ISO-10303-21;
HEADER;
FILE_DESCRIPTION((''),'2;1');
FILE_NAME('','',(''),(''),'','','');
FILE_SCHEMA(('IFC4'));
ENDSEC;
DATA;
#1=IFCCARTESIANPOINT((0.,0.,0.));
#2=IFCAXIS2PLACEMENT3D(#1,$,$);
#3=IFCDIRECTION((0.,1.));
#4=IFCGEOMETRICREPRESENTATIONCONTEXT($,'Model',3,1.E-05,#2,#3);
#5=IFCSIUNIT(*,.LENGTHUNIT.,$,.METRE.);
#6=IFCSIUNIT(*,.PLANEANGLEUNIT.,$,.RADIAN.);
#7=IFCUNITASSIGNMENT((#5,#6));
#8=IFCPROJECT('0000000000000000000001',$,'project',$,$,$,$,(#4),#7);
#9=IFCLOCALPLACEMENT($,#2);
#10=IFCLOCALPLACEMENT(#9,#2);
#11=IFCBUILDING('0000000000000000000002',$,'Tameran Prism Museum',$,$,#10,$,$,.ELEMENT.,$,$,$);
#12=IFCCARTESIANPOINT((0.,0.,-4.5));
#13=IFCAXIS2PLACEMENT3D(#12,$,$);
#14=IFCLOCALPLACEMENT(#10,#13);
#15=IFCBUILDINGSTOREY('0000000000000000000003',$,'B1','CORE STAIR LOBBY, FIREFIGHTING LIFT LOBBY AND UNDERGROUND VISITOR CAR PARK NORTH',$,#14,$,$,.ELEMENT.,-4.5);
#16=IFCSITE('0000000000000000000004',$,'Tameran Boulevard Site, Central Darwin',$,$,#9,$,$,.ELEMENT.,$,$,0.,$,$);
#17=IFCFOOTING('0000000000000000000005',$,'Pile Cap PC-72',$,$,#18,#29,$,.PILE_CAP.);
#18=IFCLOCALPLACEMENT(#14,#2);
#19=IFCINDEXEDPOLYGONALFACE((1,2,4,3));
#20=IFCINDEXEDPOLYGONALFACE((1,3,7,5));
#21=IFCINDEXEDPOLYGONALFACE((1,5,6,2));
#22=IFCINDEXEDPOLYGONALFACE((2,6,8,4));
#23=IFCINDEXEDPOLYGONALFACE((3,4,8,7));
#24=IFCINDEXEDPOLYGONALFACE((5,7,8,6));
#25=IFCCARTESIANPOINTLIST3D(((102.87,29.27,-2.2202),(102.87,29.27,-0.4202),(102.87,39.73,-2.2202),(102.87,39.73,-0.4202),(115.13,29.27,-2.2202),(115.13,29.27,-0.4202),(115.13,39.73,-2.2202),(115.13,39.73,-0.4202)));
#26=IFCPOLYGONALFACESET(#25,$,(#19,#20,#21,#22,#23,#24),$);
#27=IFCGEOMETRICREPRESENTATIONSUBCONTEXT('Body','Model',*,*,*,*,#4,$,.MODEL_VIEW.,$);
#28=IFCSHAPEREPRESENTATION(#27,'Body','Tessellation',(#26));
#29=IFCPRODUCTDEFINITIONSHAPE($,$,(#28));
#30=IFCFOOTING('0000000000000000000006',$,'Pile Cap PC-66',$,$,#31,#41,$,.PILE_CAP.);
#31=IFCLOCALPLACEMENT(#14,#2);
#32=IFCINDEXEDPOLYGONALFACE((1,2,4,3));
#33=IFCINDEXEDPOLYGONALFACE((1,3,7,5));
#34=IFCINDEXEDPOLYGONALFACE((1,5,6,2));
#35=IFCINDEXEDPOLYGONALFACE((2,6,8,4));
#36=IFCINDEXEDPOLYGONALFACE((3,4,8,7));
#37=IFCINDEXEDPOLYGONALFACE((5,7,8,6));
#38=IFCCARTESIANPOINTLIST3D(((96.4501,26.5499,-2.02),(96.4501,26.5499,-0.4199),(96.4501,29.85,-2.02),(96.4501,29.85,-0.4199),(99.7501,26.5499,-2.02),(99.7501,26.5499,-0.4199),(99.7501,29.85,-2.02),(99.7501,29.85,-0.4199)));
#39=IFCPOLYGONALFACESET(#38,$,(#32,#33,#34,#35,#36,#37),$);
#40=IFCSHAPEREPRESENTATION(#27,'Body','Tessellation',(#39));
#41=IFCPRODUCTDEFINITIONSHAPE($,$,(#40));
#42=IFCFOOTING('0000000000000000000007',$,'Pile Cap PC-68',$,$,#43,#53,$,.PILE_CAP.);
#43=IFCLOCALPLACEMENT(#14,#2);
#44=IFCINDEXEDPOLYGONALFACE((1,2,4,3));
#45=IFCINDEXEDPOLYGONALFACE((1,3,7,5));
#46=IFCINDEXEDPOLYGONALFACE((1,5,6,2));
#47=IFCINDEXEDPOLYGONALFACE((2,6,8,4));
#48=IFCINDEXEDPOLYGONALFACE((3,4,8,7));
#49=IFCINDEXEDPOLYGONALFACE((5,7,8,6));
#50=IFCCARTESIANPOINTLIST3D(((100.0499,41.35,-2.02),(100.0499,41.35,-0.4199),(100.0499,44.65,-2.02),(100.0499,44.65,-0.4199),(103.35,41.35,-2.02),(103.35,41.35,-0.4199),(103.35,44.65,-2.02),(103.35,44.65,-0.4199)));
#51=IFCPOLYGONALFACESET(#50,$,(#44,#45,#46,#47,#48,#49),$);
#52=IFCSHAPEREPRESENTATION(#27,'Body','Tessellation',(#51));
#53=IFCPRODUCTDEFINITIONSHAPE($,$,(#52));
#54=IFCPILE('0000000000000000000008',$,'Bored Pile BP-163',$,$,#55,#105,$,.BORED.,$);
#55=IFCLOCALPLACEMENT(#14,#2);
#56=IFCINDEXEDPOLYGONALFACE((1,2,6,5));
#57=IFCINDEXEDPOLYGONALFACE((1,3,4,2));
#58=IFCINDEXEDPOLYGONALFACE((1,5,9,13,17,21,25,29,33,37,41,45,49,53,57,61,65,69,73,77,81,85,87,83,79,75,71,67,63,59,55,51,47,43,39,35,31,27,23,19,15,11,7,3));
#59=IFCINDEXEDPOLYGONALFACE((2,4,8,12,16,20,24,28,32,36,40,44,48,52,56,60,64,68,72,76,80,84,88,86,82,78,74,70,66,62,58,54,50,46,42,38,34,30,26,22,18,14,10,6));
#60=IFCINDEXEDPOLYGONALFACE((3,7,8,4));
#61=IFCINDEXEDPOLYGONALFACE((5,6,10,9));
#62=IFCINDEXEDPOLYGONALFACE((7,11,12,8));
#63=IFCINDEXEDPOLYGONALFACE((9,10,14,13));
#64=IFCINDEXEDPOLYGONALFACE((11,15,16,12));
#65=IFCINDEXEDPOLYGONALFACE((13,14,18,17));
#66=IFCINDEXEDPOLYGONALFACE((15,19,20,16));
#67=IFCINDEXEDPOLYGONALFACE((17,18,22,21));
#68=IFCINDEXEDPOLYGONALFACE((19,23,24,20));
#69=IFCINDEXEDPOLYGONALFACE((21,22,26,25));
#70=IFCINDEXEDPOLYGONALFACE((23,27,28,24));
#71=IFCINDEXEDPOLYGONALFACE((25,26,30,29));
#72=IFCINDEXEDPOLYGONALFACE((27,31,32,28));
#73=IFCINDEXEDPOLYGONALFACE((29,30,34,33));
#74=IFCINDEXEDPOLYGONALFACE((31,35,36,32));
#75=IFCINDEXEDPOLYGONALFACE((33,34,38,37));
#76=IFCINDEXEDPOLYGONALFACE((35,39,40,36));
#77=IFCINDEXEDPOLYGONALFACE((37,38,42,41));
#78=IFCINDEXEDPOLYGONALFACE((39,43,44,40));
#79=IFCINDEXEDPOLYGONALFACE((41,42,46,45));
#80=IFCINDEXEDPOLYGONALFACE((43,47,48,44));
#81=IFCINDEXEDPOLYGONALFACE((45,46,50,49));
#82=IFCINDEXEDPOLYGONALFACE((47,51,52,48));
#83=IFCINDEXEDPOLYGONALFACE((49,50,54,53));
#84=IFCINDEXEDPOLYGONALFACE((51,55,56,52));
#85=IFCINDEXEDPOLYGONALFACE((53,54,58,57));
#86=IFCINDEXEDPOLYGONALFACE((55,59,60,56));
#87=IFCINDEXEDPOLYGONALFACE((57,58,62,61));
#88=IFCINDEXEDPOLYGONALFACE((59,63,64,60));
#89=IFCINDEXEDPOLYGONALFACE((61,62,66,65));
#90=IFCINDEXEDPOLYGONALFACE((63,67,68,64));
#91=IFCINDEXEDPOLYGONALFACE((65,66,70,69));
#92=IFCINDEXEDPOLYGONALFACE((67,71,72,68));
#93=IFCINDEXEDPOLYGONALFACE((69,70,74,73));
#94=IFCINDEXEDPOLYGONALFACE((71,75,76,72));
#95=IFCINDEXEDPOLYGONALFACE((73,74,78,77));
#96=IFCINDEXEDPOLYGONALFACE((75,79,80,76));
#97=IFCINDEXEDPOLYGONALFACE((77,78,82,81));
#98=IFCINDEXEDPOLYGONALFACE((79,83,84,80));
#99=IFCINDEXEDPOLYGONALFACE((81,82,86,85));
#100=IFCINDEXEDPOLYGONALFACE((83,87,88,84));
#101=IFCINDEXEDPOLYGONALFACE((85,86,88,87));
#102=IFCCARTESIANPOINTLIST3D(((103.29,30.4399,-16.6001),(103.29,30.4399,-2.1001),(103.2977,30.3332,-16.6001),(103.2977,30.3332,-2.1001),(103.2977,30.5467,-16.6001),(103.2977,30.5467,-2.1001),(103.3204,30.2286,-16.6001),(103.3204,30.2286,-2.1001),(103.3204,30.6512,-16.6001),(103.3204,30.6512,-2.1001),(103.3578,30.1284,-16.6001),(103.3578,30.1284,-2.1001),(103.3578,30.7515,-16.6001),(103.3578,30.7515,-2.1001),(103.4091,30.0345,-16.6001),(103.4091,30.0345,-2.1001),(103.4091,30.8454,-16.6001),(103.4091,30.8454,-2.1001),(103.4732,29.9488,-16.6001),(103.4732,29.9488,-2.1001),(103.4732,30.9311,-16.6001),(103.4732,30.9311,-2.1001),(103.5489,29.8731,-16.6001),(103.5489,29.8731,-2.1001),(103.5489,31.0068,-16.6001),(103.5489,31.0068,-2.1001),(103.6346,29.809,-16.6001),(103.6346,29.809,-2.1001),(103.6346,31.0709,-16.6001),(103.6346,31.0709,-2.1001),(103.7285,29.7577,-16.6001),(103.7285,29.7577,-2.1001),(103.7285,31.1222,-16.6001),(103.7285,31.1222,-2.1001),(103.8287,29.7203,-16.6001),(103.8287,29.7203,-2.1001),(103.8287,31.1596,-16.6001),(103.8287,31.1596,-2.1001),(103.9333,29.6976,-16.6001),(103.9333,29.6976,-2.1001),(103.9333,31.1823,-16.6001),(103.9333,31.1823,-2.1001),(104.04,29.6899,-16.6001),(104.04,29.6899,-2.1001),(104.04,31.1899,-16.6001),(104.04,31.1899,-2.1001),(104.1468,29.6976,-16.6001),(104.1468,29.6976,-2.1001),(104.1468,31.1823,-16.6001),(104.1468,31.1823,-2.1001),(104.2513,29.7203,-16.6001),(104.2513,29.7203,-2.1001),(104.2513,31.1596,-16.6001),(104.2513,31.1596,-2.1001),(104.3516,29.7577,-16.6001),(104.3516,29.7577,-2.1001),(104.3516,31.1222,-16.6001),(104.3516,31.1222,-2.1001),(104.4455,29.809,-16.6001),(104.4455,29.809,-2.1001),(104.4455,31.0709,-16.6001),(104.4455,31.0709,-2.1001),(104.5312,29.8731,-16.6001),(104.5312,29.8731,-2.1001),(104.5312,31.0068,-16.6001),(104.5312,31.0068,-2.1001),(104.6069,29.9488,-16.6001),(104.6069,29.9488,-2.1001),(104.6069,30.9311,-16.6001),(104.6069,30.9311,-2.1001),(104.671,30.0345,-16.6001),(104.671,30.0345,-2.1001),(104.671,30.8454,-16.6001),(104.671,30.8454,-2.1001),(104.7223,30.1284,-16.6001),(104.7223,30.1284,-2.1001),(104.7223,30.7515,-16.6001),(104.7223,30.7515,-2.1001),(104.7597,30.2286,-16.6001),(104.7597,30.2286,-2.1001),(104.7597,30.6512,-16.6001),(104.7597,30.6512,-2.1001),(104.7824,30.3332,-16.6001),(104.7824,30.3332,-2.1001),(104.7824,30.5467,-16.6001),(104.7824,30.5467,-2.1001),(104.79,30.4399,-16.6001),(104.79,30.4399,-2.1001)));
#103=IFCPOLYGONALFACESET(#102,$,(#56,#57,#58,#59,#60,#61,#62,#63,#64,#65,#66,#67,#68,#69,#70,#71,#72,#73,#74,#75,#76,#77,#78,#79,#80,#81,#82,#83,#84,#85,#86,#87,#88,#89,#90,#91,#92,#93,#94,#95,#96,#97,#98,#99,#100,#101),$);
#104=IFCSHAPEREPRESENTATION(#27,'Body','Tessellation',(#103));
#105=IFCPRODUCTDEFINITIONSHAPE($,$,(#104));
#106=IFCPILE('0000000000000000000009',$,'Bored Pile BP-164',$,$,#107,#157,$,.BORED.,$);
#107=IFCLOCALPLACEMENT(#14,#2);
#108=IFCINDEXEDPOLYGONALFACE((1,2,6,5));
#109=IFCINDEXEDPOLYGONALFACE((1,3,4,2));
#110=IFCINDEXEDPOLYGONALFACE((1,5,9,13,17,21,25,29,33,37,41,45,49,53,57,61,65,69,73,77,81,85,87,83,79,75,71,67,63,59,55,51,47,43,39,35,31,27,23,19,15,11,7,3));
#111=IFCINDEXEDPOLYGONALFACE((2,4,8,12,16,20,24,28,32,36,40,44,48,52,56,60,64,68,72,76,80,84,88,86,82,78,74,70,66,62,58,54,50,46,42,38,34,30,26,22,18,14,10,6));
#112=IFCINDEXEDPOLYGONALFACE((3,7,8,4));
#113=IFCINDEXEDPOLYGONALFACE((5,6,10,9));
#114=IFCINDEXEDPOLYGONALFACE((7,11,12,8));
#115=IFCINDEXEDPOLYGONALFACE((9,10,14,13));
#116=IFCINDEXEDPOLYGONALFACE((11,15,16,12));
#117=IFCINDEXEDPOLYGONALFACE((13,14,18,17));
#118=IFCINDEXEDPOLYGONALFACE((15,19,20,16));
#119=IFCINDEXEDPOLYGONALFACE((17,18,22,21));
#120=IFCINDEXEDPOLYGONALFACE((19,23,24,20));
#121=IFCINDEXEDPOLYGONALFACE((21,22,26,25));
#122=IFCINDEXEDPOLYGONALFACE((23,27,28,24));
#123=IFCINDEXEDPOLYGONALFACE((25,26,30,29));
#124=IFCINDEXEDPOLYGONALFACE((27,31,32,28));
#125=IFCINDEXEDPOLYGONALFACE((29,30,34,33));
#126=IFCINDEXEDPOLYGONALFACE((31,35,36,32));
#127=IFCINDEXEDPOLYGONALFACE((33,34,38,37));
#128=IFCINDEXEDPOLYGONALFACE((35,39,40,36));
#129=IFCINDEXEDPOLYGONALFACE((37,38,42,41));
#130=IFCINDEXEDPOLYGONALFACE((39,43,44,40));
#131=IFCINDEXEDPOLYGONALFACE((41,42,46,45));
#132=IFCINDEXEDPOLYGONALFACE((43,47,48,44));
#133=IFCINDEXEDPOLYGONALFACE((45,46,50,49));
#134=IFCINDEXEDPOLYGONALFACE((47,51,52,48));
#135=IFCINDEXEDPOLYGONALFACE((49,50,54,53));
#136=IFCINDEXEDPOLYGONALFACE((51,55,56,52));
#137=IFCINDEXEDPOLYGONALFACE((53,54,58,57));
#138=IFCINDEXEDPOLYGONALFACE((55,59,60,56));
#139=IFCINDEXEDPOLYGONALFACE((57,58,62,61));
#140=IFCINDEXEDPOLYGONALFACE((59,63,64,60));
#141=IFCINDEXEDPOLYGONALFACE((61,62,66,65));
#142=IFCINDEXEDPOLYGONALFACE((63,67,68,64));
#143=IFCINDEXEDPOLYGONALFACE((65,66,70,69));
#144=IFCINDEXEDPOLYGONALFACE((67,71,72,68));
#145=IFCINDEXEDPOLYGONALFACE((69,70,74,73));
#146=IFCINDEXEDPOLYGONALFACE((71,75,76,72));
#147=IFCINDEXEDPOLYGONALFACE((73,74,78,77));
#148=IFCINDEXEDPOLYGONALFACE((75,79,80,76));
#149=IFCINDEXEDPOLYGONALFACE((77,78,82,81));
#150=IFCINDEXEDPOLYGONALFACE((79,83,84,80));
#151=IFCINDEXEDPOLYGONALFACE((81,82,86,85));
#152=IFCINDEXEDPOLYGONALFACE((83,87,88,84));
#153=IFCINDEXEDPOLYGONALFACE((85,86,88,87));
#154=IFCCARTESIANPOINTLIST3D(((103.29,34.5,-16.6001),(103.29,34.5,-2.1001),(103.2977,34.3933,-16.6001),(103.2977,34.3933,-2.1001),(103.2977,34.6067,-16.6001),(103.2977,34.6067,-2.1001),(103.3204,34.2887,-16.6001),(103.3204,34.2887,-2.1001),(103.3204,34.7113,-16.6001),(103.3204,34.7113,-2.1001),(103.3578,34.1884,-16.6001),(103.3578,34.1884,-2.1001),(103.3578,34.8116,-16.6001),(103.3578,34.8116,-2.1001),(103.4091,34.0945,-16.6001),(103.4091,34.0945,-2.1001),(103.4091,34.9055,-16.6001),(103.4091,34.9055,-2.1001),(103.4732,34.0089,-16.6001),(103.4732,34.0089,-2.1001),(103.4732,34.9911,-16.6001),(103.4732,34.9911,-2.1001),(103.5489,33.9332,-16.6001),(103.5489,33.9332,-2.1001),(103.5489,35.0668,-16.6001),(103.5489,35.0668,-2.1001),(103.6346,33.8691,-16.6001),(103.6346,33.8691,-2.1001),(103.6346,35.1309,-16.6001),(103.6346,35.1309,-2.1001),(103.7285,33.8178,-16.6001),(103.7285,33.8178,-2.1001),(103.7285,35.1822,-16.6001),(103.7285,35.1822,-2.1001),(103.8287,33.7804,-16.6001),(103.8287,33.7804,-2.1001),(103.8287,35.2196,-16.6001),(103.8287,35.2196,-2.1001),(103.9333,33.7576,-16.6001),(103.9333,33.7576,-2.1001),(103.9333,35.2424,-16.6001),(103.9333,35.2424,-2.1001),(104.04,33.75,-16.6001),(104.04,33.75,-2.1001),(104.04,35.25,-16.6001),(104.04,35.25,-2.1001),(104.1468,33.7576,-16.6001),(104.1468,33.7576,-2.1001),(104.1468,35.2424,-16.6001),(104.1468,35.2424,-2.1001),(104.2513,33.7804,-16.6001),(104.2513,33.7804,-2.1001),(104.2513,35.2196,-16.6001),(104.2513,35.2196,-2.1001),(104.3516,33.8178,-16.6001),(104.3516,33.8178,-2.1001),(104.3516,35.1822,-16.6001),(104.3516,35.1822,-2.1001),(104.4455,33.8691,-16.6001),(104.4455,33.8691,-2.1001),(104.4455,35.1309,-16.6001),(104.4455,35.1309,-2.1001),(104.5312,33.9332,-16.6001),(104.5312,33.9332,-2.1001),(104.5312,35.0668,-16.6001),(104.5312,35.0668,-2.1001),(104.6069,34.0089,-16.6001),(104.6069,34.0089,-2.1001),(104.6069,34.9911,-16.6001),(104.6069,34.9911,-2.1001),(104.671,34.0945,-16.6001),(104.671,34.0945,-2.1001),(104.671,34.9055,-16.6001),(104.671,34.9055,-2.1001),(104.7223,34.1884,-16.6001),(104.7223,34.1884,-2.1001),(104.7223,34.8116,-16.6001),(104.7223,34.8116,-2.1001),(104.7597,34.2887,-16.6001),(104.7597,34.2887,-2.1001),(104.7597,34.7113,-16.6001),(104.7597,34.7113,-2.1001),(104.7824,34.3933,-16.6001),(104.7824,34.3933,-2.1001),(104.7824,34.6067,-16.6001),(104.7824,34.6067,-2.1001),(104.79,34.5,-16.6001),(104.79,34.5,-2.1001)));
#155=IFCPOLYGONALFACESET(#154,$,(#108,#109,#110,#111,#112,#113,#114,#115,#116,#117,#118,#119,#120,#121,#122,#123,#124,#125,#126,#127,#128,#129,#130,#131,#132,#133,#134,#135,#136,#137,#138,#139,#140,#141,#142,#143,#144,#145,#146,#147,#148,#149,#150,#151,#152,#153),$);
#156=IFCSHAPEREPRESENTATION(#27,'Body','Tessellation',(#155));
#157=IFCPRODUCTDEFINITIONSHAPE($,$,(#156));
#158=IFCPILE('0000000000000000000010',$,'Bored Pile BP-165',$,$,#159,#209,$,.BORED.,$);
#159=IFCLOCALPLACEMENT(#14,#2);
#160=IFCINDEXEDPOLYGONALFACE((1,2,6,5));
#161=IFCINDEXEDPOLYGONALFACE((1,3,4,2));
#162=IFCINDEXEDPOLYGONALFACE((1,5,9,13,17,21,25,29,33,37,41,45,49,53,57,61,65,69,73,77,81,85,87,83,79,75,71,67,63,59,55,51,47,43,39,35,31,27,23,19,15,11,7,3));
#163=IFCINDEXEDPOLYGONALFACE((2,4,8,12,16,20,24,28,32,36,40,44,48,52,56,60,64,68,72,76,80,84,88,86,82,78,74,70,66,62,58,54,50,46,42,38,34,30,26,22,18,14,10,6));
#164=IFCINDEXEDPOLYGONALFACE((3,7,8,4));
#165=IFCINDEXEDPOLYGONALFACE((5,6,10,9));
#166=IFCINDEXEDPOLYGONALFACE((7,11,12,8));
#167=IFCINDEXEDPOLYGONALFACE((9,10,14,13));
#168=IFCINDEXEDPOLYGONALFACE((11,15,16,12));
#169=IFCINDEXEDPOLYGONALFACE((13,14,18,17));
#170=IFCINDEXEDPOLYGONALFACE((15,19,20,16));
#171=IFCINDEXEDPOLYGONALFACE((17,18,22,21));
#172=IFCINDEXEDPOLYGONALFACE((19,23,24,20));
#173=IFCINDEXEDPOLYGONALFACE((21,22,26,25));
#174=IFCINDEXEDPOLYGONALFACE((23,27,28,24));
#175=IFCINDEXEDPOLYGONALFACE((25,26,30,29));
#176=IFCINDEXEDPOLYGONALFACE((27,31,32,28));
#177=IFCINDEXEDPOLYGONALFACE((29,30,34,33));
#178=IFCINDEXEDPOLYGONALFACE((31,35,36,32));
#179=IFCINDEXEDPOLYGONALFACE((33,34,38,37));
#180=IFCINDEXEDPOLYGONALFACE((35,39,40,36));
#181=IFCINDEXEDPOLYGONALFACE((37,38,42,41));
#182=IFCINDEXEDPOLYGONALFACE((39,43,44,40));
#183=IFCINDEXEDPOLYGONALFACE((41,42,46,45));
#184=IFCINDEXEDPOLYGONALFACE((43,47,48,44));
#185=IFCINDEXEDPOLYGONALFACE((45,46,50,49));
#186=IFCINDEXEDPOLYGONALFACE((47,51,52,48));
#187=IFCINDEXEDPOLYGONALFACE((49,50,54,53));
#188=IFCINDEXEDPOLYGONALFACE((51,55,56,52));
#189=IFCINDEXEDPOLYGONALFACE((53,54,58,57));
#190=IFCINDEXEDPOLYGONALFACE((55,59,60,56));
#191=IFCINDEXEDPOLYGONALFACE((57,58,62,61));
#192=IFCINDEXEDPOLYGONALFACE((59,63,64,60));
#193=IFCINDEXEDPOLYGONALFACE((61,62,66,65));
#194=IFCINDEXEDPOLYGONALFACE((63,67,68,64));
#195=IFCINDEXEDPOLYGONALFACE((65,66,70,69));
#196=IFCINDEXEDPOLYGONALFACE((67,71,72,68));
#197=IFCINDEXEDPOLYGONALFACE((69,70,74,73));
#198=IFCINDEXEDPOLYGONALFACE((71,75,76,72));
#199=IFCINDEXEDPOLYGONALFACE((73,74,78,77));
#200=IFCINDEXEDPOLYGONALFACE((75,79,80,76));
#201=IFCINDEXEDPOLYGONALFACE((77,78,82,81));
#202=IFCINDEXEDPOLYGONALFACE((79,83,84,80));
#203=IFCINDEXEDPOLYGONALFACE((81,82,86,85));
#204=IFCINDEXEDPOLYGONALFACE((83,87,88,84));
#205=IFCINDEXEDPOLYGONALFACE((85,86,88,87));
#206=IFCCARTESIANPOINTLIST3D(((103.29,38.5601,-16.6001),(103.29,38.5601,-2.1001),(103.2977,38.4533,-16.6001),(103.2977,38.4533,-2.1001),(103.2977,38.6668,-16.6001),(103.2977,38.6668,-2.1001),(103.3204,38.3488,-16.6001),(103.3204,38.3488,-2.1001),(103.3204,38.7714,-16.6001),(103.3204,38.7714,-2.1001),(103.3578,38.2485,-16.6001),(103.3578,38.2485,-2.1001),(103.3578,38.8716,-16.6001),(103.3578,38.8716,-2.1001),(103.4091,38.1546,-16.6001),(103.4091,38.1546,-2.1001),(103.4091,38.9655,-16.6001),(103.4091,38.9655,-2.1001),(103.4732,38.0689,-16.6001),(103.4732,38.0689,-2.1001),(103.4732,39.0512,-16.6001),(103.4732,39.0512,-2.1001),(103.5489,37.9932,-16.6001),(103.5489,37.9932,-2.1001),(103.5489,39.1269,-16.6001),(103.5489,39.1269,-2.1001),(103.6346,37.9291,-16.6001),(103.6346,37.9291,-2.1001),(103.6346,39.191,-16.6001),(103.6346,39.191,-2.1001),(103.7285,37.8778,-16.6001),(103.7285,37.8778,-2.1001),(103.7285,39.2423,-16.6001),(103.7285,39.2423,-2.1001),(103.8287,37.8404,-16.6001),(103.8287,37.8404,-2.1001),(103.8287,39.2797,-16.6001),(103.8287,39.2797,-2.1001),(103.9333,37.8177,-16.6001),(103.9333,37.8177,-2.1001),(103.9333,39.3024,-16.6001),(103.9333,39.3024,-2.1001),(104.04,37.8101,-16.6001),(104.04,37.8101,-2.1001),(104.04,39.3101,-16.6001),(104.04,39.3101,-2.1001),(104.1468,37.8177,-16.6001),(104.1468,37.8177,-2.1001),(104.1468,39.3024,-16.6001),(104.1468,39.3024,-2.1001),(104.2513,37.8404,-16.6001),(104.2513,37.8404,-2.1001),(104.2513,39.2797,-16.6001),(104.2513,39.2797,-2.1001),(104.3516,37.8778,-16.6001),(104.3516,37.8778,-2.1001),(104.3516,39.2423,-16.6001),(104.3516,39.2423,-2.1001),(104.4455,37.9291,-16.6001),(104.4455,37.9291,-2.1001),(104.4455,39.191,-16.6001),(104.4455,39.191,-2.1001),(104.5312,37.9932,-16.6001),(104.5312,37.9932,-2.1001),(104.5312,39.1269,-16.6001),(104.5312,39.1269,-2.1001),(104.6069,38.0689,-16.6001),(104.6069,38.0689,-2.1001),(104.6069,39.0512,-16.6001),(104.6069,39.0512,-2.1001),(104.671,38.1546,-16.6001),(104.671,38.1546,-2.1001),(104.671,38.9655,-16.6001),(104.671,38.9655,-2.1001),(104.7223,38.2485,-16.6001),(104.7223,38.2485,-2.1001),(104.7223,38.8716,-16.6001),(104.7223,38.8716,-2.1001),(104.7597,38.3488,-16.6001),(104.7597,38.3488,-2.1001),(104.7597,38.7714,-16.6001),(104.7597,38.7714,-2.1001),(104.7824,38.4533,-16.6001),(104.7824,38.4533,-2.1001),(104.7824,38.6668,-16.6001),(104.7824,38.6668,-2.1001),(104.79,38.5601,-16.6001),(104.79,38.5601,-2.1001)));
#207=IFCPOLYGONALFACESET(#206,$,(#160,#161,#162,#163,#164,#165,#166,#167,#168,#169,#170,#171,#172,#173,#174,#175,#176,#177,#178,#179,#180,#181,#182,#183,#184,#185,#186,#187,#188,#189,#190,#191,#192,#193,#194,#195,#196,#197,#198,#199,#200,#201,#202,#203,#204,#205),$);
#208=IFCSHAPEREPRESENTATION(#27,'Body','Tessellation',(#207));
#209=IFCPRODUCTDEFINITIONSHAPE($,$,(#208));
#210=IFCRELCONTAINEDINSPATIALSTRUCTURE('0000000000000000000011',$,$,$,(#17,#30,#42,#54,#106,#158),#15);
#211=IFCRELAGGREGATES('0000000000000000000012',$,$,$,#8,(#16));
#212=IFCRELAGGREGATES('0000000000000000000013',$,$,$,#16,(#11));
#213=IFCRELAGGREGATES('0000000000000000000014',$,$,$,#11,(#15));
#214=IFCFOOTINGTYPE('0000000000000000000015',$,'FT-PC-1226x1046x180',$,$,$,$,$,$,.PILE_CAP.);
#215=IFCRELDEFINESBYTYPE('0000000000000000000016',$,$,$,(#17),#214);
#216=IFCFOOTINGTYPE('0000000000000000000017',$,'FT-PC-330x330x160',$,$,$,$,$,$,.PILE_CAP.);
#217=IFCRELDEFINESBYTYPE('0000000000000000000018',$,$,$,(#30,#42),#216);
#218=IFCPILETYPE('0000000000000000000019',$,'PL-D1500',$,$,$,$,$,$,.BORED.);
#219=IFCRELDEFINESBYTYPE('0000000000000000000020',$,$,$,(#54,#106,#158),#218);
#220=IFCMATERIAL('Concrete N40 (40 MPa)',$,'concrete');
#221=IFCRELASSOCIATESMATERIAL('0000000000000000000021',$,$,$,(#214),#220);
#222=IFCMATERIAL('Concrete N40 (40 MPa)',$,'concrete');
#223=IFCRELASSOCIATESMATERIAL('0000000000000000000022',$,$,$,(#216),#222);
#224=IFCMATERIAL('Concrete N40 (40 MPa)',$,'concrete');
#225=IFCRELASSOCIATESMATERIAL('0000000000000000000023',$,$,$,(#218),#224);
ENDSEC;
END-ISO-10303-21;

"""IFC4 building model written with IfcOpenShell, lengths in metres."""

from ifc_helpers import new_model, si_unit, direction, frame, origin, origin_2d, place, context, subcontext, project, spatial, rectangle, circle, extrude, material, material_profile, profile_set, type_object, element, save


model = new_model("IFC4")

# Units and contexts
model_context = context("Model", 3, precision=1e-05, world=origin(), true_north=direction((0.0, 1.0)))
body_context = subcontext(model_context, "Body", "Model", "MODEL_VIEW")
ifc_project = project(units=[si_unit("LENGTHUNIT", "METRE"), si_unit("PLANEANGLEUNIT", "RADIAN")], contexts=[model_context])

# Site, building, storey
site_placement = place(None, origin())
site = spatial("IfcSite", under=ifc_project, at=site_placement, Name="Tameran Boulevard Site, Central Darwin", CompositionType="ELEMENT", RefElevation=0.0)
building_placement = place(site_placement, origin())
building = spatial("IfcBuilding", under=site, at=building_placement, Name="Tameran Prism Museum", CompositionType="ELEMENT")
storey_placement = place(building_placement, frame((0.0, 0.0, -4.5)))
storey = spatial("IfcBuildingStorey", under=building, at=storey_placement, Name="B1", Description="CORE STAIR LOBBY, FIREFIGHTING LIFT LOBBY AND UNDERGROUND VISITOR CAR PARK NORTH", CompositionType="ELEMENT", Elevation=-4.5)

# Footings
ifc_material_1 = material(Name="Concrete N40 (40 MPa)", Category="concrete")
footing_type_1 = type_object("IfcFootingType", Name="FT-PC-1226x1046x180", PredefinedType="PILE_CAP", material=ifc_material_1)
footing_placement = place(storey_placement, frame((109.0, 34.5, -2.2202), z_axis=(0.0, 0.0, 1.0), x_axis=(1.0, 0.0, 0.0)))
element("IfcFooting", 1, at=footing_placement, inside=storey, type_object=footing_type_1, Name="Pile Cap PC-72", PredefinedType="PILE_CAP", context=body_context, shape_type="SweptSolid", body=[
    extrude(rectangle(XDim=12.26, YDim=10.46, at=origin_2d()), origin(), (0.0, 0.0, 1.0), 1.8),
])
ifc_material_2 = material(Name="Concrete N40 (40 MPa)", Category="concrete")
footing_type_2 = type_object("IfcFootingType", Name="FT-PC-330x330x160", PredefinedType="PILE_CAP", material=ifc_material_2)
for number, where, z_axis, x_axis, name in (
    (2, (98.1001, 28.2, -2.02), (0.0, 0.0, 1.0), (1.0, 0.0, 0.0), "Pile Cap PC-66"),
    (3, (101.7, 43.0, -2.02), (0.0, 0.0, 1.0), (1.0, 0.0, 0.0), "Pile Cap PC-68"),
):
    element("IfcFooting", number, at=place(storey_placement, frame(where, z_axis=z_axis, x_axis=x_axis)), inside=storey, type_object=footing_type_2, Name=name, PredefinedType="PILE_CAP", context=body_context, shape_type="SweptSolid", body=[
        extrude(rectangle(XDim=3.3, YDim=3.3, at=origin_2d()), origin(), (0.0, 0.0, 1.0), 1.6001),
    ])

# Piles
ifc_material_3 = material(Name="Concrete N40 (40 MPa)", Category="concrete")
ifc_material_profile_1 = material_profile(ifc_material_3, circle(Radius=0.75, at=origin_2d()))
ifc_profile_set_1 = profile_set([ifc_material_profile_1])
pile_type_1 = type_object("IfcPileType", Name="PL-D1500", PredefinedType="BORED", material=ifc_profile_set_1)
for number, where, z_axis, x_axis, name in (
    (4, (104.04, 30.4399, -2.1001), (0.0, 0.0, -1.0), (1.0, 0.0, 0.0), "Bored Pile BP-163"),
    (5, (104.04, 34.5, -2.1001), (0.0, 0.0, -1.0), (1.0, 0.0, 0.0), "Bored Pile BP-164"),
    (6, (104.04, 38.5601, -2.1001), (0.0, 0.0, -1.0), (1.0, 0.0, 0.0), "Bored Pile BP-165"),
):
    element("IfcPile", number, at=place(storey_placement, frame(where, z_axis=z_axis, x_axis=x_axis)), inside=storey, type_object=pile_type_1, Name=name, PredefinedType="BORED", context=body_context, shape_type="SweptSolid", body=[
        extrude(circle(Radius=0.75, at=origin_2d()), origin(), (0.0, 0.0, 1.0), 14.5),
    ])

save(model, "model.ifc")
